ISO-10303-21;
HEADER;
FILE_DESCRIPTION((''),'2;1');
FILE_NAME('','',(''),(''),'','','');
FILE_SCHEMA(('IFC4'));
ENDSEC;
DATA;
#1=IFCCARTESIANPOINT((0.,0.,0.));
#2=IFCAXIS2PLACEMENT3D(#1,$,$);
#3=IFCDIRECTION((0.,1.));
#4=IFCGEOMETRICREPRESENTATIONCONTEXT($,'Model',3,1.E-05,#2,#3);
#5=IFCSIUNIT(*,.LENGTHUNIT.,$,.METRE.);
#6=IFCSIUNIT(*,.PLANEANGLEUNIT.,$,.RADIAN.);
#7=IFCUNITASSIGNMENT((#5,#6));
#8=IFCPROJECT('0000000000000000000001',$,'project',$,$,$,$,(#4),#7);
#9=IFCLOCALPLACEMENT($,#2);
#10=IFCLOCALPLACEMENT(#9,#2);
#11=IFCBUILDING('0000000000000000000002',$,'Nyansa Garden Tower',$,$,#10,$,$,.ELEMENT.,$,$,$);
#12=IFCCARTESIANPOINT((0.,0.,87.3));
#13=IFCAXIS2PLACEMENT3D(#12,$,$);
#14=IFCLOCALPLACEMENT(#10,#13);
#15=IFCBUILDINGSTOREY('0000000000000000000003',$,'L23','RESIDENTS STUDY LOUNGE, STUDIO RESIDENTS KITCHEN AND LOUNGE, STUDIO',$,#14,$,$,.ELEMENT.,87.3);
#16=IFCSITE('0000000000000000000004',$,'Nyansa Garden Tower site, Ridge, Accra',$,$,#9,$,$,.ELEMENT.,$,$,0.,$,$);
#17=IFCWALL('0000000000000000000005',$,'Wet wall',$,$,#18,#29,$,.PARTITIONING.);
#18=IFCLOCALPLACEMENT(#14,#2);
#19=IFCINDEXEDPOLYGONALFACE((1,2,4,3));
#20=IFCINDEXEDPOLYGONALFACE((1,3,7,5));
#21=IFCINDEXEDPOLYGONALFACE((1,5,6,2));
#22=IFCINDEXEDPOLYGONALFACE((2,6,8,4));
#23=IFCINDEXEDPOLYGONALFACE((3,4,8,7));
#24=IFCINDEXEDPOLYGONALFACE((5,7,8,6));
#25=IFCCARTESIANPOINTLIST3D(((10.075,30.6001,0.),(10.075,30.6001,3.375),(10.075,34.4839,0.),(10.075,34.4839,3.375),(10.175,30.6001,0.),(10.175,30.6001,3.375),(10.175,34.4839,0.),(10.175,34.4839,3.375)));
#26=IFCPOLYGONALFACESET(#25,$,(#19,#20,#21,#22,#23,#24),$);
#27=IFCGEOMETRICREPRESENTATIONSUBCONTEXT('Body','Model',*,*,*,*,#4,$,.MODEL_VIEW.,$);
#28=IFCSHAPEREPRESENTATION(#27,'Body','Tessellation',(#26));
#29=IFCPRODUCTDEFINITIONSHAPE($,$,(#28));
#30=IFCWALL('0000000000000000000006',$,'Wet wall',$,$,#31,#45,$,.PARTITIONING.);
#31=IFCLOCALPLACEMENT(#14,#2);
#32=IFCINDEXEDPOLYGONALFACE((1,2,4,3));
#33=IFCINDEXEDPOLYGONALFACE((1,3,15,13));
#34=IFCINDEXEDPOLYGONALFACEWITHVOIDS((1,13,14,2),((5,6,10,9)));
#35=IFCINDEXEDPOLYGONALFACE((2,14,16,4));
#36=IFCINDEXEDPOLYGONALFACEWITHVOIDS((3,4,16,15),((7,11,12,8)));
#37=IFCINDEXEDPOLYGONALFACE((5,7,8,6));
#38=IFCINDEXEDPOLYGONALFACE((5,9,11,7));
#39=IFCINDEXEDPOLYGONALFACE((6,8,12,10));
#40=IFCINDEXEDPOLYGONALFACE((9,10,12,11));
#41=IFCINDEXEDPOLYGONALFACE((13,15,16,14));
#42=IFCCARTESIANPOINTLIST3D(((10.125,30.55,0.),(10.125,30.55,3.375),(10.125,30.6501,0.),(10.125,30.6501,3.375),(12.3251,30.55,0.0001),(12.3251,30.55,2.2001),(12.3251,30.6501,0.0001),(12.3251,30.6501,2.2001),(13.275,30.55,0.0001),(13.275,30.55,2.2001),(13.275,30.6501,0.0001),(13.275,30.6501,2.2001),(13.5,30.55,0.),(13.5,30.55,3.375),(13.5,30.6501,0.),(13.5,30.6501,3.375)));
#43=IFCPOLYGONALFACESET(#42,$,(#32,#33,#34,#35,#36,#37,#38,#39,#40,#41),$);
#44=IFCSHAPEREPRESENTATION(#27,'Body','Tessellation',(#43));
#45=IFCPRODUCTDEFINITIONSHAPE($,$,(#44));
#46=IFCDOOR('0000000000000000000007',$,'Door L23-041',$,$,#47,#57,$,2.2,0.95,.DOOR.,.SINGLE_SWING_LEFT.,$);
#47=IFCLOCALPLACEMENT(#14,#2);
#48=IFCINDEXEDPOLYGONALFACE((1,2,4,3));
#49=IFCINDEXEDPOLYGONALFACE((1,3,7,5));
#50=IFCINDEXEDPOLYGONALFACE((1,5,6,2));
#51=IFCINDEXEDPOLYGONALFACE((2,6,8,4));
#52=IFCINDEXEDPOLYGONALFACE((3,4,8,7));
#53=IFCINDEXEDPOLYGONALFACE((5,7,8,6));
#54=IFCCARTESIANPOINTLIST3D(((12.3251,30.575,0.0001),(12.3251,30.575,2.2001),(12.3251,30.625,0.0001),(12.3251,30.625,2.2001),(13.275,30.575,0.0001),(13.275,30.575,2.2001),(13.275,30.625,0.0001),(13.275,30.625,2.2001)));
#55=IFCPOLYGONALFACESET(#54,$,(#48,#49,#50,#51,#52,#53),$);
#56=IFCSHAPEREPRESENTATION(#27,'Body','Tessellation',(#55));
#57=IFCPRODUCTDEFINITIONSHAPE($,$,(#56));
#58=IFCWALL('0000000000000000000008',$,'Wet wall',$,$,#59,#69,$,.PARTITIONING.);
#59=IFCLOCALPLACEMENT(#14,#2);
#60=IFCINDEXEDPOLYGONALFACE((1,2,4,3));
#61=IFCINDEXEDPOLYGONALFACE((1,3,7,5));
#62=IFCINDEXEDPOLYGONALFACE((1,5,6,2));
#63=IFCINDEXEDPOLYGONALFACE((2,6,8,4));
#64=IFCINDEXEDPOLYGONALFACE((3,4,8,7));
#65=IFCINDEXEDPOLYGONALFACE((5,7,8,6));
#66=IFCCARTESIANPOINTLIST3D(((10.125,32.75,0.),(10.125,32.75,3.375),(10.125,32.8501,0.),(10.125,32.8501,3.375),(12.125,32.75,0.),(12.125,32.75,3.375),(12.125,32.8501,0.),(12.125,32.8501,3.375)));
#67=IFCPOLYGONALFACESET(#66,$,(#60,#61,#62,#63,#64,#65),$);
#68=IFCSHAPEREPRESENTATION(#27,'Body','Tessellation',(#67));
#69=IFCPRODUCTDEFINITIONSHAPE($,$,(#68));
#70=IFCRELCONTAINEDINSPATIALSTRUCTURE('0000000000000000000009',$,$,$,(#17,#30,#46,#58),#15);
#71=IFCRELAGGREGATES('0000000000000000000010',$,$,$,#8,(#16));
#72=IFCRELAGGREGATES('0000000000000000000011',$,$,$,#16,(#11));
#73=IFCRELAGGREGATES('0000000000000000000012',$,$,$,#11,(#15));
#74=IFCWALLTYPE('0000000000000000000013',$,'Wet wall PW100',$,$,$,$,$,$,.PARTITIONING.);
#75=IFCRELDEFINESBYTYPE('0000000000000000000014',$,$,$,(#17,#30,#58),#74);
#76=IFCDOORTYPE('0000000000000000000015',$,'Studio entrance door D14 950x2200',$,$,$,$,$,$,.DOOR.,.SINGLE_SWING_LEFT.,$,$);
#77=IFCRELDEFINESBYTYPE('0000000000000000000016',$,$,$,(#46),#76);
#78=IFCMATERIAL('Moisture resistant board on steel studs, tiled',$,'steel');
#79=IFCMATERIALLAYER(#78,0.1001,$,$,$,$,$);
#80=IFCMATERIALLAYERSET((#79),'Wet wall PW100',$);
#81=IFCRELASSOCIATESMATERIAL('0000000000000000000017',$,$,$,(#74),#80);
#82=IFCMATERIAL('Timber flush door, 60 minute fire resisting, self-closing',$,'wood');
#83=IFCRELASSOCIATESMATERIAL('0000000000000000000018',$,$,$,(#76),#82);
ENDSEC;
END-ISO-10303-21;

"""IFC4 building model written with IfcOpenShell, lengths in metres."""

from ifc_helpers import new_model, si_unit, direction, frame, frame_2d, origin, place, context, subcontext, project, spatial, rectangle, extrude, material, layer, layer_set, type_object, element, fill, save


model = new_model("IFC4")

# Units and contexts
model_context = context("Model", 3, precision=1e-05, world=origin(), true_north=direction((0.0, 1.0)))
body_context = subcontext(model_context, "Body", "Model", "MODEL_VIEW")
ifc_project = project(units=[si_unit("LENGTHUNIT", "METRE"), si_unit("PLANEANGLEUNIT", "RADIAN")], contexts=[model_context])

# Site, building, storey
site_placement = place(None, origin())
site = spatial("IfcSite", under=ifc_project, at=site_placement, Name="Nyansa Garden Tower site, Ridge, Accra", CompositionType="ELEMENT", RefElevation=0.0)
building_placement = place(site_placement, origin())
building = spatial("IfcBuilding", under=site, at=building_placement, Name="Nyansa Garden Tower", CompositionType="ELEMENT")
storey_placement = place(building_placement, frame((0.0, 0.0, 87.3)))
storey = spatial("IfcBuildingStorey", under=building, at=storey_placement, Name="L23", Description="RESIDENTS STUDY LOUNGE, STUDIO RESIDENTS KITCHEN AND LOUNGE, STUDIO", CompositionType="ELEMENT", Elevation=87.3)

# Wall
ifc_material_1 = material(Name="Moisture resistant board on steel studs, tiled", Category="steel")
ifc_layer_1 = layer(ifc_material_1, 0.1001)
ifc_layer_set_1 = layer_set([ifc_layer_1], Name="Wet wall PW100")
wall_type_1 = type_object("IfcWallType", Name="Wet wall PW100", PredefinedType="PARTITIONING", material=ifc_layer_set_1)
wall_1_placement = place(storey_placement, frame((10.125, 30.6001, 0.0), z_axis=(0.0, 0.0, 1.0), x_axis=(0.0, 1.0, 0.0)))
element("IfcWall", 1, at=wall_1_placement, inside=storey, type_object=wall_type_1, Name="Wet wall", PredefinedType="PARTITIONING", context=body_context, shape_type="SweptSolid", body=[
    extrude(rectangle(XDim=3.8838, YDim=0.1001, at=frame_2d((1.9419, 0.0))), origin(), (0.0, 0.0, 1.0), 3.375),
])

# Wall, opening, door
wall_2_placement = place(storey_placement, frame((10.125, 30.6001, 0.0), z_axis=(0.0, 0.0, 1.0), x_axis=(1.0, 0.0, 0.0)))
wall_2 = element("IfcWall", 2, at=wall_2_placement, inside=storey, type_object=wall_type_1, Name="Wet wall", PredefinedType="PARTITIONING", context=body_context, shape_type="SweptSolid", body=[
    extrude(rectangle(XDim=3.375, YDim=0.1001, at=frame_2d((1.6875, 0.0))), origin(), (0.0, 0.0, 1.0), 3.375),
])
opening_1_placement = place(wall_2_placement, frame((2.2, 0.0, 0.0)))
opening_1 = element("IfcOpeningElement", 3, at=opening_1_placement, cuts=wall_2, PredefinedType="OPENING", context=body_context, shape_type="SweptSolid", body=[
    extrude(rectangle(XDim=0.95, YDim=2.2, at=frame_2d((0.4751, 1.1001))), frame((0.0, 0.0601, 0.0), z_axis=(0.0, -1.0, 0.0), x_axis=(1.0, 0.0, 0.0)), (0.0, 0.0, 1.0), 0.1201),
])
ifc_material_2 = material(Name="Timber flush door, 60 minute fire resisting, self-closing", Category="wood")
door_type = type_object("IfcDoorType", Name="Studio entrance door D14 950x2200", OperationType="SINGLE_SWING_LEFT", PredefinedType="DOOR", material=ifc_material_2)
door_placement = place(opening_1_placement, origin())
door = element("IfcDoor", 4, at=door_placement, inside=storey, type_object=door_type, Name="Door L23-041", OperationType="SINGLE_SWING_LEFT", OverallHeight=2.2, OverallWidth=0.95, PredefinedType="DOOR", context=body_context, shape_type="SweptSolid", body=[
    extrude(rectangle(XDim=0.95, YDim=2.2, at=frame_2d((0.4751, 1.1001))), frame((0.0, 0.0249, 0.0), z_axis=(0.0, -1.0, 0.0), x_axis=(1.0, 0.0, 0.0)), (0.0, 0.0, 1.0), 0.05),
])
fill(opening_1, door)

# Wall
wall_3_placement = place(storey_placement, frame((10.125, 32.8, 0.0), z_axis=(0.0, 0.0, 1.0), x_axis=(1.0, 0.0, 0.0)))
element("IfcWall", 5, at=wall_3_placement, inside=storey, type_object=wall_type_1, Name="Wet wall", PredefinedType="PARTITIONING", context=body_context, shape_type="SweptSolid", body=[
    extrude(rectangle(XDim=2.0, YDim=0.1001, at=frame_2d((1.0, 0.0))), origin(), (0.0, 0.0, 1.0), 3.375),
])

save(model, "model.ifc")
